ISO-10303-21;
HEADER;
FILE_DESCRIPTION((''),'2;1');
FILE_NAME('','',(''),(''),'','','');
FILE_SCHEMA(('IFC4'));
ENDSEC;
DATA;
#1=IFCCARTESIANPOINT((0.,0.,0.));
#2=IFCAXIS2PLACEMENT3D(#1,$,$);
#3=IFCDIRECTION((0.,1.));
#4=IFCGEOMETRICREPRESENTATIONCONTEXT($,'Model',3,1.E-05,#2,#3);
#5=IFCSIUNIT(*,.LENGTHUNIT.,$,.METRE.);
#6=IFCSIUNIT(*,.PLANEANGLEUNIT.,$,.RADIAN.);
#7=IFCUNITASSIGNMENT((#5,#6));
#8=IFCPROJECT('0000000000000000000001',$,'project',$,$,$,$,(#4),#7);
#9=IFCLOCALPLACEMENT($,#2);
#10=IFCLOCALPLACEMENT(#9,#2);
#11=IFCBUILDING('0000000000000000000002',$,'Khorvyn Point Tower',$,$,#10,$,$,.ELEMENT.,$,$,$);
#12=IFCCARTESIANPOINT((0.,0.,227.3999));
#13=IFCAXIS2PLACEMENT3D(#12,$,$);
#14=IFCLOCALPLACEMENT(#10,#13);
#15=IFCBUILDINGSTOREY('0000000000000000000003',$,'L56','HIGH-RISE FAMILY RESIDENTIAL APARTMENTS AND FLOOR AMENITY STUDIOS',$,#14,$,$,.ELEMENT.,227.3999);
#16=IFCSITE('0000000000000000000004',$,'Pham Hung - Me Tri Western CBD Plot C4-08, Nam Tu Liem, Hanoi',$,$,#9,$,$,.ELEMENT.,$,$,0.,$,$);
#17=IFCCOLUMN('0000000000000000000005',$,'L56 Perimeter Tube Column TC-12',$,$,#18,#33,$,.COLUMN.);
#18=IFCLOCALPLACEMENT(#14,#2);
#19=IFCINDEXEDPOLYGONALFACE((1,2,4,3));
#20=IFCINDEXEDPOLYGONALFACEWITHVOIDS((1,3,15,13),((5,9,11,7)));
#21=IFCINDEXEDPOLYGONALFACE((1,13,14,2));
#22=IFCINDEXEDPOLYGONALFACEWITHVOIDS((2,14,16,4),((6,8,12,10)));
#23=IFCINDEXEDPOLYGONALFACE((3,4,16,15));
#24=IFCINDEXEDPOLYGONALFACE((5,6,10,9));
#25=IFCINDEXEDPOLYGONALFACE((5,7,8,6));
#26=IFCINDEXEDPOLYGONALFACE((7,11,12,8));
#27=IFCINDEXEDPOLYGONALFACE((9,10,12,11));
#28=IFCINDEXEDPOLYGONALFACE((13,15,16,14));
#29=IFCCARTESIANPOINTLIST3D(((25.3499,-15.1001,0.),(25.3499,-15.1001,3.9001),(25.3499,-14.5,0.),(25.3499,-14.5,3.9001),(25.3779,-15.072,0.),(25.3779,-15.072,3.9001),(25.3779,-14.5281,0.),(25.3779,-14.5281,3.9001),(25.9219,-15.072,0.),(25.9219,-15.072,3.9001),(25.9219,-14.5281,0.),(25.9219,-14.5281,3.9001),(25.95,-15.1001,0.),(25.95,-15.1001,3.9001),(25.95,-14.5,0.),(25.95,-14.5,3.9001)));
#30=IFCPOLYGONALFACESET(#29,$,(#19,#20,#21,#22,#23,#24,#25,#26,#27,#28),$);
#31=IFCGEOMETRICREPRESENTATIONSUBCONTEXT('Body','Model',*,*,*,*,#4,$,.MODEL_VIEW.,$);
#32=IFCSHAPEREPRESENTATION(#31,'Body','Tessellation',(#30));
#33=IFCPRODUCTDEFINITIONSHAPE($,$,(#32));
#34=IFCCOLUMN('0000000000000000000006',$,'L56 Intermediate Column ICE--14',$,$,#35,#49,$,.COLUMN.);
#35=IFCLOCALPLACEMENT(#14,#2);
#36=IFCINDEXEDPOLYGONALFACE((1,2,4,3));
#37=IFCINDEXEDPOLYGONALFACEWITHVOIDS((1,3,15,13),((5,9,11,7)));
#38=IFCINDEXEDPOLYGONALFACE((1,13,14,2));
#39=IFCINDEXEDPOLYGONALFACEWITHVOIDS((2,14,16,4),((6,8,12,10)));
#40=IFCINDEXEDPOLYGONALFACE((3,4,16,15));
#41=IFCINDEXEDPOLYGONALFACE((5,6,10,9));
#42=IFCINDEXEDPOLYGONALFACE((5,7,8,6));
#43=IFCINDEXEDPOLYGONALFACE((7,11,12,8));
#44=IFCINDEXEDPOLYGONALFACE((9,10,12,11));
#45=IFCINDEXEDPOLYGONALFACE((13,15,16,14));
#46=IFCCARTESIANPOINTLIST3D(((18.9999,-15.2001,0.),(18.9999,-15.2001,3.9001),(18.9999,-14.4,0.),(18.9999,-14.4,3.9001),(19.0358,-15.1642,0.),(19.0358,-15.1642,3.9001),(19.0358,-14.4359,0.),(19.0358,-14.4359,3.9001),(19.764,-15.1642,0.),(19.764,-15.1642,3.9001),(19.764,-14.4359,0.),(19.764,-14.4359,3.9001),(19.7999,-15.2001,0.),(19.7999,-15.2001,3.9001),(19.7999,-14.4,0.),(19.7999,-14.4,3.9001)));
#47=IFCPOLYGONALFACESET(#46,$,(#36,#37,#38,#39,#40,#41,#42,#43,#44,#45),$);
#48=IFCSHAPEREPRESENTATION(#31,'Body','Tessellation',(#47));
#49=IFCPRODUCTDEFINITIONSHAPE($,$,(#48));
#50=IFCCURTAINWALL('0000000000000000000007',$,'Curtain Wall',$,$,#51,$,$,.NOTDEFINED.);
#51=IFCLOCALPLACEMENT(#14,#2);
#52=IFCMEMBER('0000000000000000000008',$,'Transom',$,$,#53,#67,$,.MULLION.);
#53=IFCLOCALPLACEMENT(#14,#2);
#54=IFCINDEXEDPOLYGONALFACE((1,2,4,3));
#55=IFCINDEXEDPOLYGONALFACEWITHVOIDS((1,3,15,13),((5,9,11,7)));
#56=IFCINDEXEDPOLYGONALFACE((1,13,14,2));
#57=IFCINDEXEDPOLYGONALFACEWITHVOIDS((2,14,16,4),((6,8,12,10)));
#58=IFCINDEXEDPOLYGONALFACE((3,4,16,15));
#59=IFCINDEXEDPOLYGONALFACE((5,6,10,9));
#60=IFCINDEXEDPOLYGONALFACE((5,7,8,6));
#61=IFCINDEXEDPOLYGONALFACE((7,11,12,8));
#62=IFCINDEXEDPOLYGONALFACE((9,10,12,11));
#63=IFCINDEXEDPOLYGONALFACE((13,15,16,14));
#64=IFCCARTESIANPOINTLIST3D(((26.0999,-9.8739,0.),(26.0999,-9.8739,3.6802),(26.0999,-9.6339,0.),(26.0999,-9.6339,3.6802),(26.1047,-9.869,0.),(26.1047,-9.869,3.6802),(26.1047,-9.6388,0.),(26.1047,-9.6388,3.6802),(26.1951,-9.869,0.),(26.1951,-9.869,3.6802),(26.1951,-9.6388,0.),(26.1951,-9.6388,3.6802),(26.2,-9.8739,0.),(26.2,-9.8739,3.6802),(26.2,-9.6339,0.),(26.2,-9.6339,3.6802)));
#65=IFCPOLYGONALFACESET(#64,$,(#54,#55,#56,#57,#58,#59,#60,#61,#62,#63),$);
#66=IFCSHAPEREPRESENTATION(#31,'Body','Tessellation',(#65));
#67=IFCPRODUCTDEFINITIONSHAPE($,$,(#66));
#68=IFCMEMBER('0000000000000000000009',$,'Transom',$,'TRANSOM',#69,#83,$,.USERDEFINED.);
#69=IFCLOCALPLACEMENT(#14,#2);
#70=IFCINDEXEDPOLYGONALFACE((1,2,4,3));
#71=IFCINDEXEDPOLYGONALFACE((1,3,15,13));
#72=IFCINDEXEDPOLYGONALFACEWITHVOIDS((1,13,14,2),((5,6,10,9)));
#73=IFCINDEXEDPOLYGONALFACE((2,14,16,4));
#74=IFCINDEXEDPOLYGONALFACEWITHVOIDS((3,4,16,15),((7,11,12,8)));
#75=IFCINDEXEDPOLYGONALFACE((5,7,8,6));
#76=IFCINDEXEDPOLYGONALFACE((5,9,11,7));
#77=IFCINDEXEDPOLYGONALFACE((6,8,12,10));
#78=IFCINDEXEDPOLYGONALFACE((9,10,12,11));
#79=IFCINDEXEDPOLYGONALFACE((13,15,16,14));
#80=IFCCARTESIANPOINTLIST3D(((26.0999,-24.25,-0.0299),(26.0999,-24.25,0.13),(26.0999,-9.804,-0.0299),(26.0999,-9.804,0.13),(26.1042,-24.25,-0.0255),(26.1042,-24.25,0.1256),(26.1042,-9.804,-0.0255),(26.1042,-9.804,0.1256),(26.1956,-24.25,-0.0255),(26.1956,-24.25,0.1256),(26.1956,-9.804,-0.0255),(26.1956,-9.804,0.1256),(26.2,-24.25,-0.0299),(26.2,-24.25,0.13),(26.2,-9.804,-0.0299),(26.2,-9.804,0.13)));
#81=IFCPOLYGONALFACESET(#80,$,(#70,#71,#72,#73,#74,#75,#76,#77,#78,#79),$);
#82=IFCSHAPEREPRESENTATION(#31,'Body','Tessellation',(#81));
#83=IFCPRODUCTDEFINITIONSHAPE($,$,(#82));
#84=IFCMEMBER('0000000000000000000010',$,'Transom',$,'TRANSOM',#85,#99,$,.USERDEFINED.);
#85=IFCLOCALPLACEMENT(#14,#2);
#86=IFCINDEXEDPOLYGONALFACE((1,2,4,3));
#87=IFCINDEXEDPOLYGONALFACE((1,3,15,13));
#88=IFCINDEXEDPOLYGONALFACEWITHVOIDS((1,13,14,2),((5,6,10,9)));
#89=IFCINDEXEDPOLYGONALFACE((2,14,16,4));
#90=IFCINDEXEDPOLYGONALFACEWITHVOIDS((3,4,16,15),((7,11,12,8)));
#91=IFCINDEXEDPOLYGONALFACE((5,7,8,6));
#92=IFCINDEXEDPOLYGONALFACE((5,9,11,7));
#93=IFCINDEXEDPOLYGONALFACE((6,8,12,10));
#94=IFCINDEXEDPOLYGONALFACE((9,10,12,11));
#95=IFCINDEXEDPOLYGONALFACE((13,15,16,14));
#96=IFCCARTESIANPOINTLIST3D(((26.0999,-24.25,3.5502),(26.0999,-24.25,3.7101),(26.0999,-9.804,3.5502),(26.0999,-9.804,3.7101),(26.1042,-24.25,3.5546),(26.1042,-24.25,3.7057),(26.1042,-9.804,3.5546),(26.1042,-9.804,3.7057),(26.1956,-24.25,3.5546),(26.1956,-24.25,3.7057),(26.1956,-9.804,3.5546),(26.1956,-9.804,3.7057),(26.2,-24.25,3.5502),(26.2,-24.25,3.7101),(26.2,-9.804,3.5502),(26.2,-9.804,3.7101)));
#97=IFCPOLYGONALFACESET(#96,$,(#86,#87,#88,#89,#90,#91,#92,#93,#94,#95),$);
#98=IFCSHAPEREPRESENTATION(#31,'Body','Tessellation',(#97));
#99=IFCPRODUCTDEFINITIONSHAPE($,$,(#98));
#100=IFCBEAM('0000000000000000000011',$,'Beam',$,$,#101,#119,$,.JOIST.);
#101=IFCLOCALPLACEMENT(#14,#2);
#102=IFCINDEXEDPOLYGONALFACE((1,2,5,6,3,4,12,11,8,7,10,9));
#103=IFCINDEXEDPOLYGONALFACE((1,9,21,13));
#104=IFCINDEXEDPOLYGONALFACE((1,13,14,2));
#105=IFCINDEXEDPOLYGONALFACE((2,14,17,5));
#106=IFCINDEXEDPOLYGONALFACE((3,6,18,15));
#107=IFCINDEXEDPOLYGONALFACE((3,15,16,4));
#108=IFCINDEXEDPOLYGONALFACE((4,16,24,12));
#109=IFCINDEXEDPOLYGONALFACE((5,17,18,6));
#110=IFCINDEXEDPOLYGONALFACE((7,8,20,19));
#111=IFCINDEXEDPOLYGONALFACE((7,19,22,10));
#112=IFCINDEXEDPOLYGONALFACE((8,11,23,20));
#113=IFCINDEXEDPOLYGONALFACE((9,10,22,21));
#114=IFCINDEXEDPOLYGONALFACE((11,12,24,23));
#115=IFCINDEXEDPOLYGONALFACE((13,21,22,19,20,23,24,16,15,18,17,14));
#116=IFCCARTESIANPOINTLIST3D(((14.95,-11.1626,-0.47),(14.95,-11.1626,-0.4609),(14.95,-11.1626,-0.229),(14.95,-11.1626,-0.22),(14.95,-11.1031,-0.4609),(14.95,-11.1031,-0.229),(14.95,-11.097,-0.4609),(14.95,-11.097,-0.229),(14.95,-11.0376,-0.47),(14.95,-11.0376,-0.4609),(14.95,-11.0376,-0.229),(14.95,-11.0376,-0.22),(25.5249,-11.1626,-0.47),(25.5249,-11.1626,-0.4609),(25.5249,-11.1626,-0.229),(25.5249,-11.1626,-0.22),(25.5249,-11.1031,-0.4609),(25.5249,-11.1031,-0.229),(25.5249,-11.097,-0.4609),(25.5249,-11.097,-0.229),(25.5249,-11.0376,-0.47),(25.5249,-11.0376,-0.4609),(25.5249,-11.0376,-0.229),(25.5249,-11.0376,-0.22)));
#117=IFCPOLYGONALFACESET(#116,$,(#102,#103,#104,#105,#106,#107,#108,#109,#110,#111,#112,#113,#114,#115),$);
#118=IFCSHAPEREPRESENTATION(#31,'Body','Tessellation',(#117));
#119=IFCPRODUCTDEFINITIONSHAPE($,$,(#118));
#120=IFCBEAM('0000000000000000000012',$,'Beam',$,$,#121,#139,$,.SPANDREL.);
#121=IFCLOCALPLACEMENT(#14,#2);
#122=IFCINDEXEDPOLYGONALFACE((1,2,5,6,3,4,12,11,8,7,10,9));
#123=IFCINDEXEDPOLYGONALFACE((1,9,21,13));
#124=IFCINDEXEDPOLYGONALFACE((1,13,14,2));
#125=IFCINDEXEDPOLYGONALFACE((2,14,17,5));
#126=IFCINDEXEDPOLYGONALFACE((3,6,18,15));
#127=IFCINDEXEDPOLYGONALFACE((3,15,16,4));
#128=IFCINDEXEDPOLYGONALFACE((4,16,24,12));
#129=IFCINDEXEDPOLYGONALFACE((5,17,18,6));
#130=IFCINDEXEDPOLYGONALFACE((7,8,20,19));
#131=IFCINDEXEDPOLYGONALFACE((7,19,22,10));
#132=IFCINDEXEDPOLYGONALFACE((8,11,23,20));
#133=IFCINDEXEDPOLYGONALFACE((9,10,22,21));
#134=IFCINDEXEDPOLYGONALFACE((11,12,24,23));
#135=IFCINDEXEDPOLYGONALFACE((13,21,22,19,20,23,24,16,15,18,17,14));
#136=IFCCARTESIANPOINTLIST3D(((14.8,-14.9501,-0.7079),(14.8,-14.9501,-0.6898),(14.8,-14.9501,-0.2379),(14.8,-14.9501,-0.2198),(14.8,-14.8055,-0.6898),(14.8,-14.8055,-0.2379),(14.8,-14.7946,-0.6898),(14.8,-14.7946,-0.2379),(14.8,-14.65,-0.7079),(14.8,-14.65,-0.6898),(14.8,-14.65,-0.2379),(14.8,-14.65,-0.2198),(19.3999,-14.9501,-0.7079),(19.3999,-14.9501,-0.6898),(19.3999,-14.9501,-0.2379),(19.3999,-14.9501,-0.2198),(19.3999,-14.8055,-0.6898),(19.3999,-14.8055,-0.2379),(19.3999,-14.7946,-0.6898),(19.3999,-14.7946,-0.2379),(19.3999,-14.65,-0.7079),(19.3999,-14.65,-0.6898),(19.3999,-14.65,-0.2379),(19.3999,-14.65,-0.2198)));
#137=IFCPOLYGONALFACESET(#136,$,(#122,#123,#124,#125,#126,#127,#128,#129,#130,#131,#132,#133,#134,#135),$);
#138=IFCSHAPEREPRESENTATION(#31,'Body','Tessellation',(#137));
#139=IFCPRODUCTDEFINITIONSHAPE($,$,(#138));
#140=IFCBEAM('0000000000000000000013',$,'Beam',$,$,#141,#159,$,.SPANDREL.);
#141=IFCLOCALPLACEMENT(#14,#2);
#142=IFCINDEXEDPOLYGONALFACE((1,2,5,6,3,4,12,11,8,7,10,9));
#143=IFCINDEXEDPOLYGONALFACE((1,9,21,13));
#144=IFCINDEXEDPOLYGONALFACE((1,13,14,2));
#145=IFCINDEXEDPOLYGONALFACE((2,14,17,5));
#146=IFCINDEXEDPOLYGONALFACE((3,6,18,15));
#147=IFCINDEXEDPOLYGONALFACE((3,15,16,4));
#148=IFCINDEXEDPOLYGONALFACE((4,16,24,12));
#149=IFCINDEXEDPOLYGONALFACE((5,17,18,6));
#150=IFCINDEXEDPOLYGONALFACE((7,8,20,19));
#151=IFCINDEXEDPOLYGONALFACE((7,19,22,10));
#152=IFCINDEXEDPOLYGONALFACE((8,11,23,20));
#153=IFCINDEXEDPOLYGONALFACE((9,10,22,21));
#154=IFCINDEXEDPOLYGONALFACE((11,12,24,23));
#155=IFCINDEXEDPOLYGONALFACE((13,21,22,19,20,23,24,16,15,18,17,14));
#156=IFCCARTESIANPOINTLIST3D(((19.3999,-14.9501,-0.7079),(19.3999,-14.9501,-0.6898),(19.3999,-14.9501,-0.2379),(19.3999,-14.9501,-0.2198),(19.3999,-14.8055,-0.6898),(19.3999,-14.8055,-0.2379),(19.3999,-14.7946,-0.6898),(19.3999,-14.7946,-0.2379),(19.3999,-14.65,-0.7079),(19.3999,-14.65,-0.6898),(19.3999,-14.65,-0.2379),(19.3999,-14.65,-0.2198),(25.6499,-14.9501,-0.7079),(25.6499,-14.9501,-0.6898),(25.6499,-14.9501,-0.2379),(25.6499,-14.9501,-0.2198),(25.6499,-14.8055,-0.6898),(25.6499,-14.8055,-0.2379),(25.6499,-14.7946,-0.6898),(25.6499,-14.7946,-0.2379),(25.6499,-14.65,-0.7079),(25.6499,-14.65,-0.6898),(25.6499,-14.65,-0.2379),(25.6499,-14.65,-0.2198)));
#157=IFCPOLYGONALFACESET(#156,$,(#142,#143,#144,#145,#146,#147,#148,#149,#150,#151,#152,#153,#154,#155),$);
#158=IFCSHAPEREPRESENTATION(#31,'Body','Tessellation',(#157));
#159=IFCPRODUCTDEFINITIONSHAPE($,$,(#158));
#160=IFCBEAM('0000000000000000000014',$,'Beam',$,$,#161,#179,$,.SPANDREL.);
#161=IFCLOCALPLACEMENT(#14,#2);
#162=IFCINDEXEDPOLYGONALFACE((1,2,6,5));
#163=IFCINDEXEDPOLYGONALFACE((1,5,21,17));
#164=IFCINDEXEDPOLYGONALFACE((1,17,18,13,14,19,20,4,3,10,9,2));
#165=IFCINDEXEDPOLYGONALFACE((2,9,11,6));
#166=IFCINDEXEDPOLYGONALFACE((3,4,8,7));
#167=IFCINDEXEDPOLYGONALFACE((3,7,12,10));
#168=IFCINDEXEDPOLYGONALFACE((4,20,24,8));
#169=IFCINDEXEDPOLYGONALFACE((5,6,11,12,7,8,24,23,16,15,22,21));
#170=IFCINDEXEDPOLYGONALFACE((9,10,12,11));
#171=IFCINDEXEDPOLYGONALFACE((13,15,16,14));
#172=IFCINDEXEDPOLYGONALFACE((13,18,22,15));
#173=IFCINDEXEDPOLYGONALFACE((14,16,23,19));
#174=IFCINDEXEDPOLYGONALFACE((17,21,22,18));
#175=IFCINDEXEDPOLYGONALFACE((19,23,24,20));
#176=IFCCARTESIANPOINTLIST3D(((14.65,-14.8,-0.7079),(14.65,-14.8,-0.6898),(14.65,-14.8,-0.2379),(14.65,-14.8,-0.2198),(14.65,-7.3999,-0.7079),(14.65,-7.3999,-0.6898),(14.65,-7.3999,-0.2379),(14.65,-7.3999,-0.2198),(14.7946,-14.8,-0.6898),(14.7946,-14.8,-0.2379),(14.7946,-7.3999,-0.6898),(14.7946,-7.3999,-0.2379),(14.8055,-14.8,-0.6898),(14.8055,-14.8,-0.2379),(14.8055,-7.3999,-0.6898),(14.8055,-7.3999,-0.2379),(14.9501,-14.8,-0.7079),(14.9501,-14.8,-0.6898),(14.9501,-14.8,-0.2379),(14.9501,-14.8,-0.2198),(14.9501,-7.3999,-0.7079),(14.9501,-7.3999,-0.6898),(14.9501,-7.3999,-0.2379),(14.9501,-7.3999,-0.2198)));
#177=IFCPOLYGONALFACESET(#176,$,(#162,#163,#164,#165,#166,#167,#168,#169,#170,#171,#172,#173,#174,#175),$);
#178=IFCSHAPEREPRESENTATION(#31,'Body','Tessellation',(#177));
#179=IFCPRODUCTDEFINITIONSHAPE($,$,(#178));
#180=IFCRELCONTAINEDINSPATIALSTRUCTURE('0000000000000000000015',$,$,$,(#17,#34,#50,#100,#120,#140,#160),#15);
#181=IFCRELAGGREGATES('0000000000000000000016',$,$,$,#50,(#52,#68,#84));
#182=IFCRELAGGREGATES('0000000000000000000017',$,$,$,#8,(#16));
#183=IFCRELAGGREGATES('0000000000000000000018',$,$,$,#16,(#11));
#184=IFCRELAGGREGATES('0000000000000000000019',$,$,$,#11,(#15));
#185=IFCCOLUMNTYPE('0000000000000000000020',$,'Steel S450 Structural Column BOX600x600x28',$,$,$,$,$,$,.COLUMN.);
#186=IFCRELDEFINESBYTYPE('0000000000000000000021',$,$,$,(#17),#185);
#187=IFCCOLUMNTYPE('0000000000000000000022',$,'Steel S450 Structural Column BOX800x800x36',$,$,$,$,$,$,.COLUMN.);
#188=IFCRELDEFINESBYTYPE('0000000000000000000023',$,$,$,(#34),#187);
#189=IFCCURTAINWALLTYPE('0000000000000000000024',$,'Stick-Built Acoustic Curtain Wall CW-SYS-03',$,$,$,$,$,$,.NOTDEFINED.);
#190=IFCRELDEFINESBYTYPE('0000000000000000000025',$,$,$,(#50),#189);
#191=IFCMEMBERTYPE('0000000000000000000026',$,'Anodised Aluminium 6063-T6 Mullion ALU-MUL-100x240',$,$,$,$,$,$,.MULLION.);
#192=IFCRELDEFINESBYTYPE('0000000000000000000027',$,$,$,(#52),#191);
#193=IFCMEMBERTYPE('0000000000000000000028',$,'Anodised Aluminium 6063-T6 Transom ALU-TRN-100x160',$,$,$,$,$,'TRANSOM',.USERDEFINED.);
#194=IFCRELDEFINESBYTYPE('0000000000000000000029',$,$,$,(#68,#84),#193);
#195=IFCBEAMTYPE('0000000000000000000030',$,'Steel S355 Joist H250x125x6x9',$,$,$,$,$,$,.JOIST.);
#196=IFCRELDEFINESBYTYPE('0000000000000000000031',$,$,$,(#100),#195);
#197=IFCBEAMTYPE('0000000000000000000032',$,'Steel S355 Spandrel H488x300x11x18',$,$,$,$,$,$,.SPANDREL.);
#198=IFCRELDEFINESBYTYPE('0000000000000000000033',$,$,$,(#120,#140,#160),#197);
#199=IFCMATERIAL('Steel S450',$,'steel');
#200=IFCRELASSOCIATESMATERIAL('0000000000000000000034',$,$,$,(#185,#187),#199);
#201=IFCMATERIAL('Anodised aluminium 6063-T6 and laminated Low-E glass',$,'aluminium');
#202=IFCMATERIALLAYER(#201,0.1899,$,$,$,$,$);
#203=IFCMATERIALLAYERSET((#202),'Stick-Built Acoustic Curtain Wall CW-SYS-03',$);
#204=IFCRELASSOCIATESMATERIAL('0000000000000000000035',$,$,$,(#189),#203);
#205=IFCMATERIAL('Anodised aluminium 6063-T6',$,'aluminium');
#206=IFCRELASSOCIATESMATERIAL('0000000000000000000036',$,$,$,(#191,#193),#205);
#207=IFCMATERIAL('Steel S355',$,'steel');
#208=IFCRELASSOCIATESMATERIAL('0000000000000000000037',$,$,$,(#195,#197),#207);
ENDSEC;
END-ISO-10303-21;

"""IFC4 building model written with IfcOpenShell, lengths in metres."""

from ifc_helpers import new_model, si_unit, direction, frame, origin, origin_2d, place, context, subcontext, project, spatial, hollow_rectangle, i_section, extrude, material, layer, layer_set, material_profile, profile_set, type_object, element, aggregate, save


model = new_model("IFC4")

# Units and contexts
model_context = context("Model", 3, precision=1e-05, world=origin(), true_north=direction((0.0, 1.0)))
body_context = subcontext(model_context, "Body", "Model", "MODEL_VIEW")
ifc_project = project(units=[si_unit("LENGTHUNIT", "METRE"), si_unit("PLANEANGLEUNIT", "RADIAN")], contexts=[model_context])

# Site, building, storey
site_placement = place(None, origin())
site = spatial("IfcSite", under=ifc_project, at=site_placement, Name="Pham Hung - Me Tri Western CBD Plot C4-08, Nam Tu Liem, Hanoi", CompositionType="ELEMENT", RefElevation=0.0)
building_placement = place(site_placement, origin())
building = spatial("IfcBuilding", under=site, at=building_placement, Name="Khorvyn Point Tower", CompositionType="ELEMENT")
storey_placement = place(building_placement, frame((0.0, 0.0, 227.3999)))
storey = spatial("IfcBuildingStorey", under=building, at=storey_placement, Name="L56", Description="HIGH-RISE FAMILY RESIDENTIAL APARTMENTS AND FLOOR AMENITY STUDIOS", CompositionType="ELEMENT", Elevation=227.3999)

# Columns
ifc_material_1 = material(Name="Steel S450", Category="steel")
ifc_material_profile_1 = material_profile(ifc_material_1, hollow_rectangle(XDim=0.6001, YDim=0.6001, WallThickness=0.0281, at=origin_2d()))
ifc_profile_set_1 = profile_set([ifc_material_profile_1], Name="Steel S450 BOX600x600x28")
column_type_1 = type_object("IfcColumnType", Name="Steel S450 Structural Column BOX600x600x28", PredefinedType="COLUMN", material=ifc_profile_set_1)
column_1_placement = place(storey_placement, frame((25.6499, -14.8, 0.0), z_axis=(0.0, 0.0, 1.0), x_axis=(1.0, 0.0, 0.0)))
element("IfcColumn", 1, at=column_1_placement, inside=storey, type_object=column_type_1, Name="L56 Perimeter Tube Column TC-12", PredefinedType="COLUMN", context=body_context, shape_type="SweptSolid", body=[
    extrude(hollow_rectangle(XDim=0.6001, YDim=0.6001, WallThickness=0.0281, at=origin_2d()), origin(), (0.0, 0.0, 1.0), 3.9001),
])
ifc_material_profile_2 = material_profile(ifc_material_1, hollow_rectangle(XDim=0.8, YDim=0.8, WallThickness=0.0359, at=origin_2d()))
ifc_profile_set_2 = profile_set([ifc_material_profile_2], Name="Steel S450 BOX800x800x36")
column_type_2 = type_object("IfcColumnType", Name="Steel S450 Structural Column BOX800x800x36", PredefinedType="COLUMN", material=ifc_profile_set_2)
column_2_placement = place(storey_placement, frame((19.3999, -14.8, 0.0), z_axis=(0.0, 0.0, 1.0), x_axis=(1.0, 0.0, 0.0)))
element("IfcColumn", 2, at=column_2_placement, inside=storey, type_object=column_type_2, Name="L56 Intermediate Column ICE--14", PredefinedType="COLUMN", context=body_context, shape_type="SweptSolid", body=[
    extrude(hollow_rectangle(XDim=0.8, YDim=0.8, WallThickness=0.0359, at=origin_2d()), origin(), (0.0, 0.0, 1.0), 3.9001),
])

# Curtain wall, members
ifc_material_2 = material(Name="Anodised aluminium 6063-T6 and laminated Low-E glass", Category="aluminium")
ifc_layer_1 = layer(ifc_material_2, 0.1899)
ifc_layer_set_1 = layer_set([ifc_layer_1], Name="Stick-Built Acoustic Curtain Wall CW-SYS-03")
curtain_wall_type = type_object("IfcCurtainWallType", Name="Stick-Built Acoustic Curtain Wall CW-SYS-03", PredefinedType="NOTDEFINED", material=ifc_layer_set_1)
curtain_wall_placement = place(storey_placement, origin())
curtain_wall = element("IfcCurtainWall", 3, at=curtain_wall_placement, inside=storey, type_object=curtain_wall_type, Name="Curtain Wall", PredefinedType="NOTDEFINED")
ifc_material_3 = material(Name="Anodised aluminium 6063-T6", Category="aluminium")
ifc_material_profile_3 = material_profile(ifc_material_3, hollow_rectangle(XDim=0.1001, YDim=0.24, WallThickness=0.0049, at=origin_2d()))
ifc_profile_set_3 = profile_set([ifc_material_profile_3], Name="Anodised aluminium 6063-T6 ALU-MUL-100x240")
member_type_1 = type_object("IfcMemberType", Name="Anodised Aluminium 6063-T6 Mullion ALU-MUL-100x240", PredefinedType="MULLION", material=ifc_profile_set_3)
member_1_placement = place(storey_placement, frame((26.1499, -9.7539, 0.0), z_axis=(0.0, 0.0, 1.0), x_axis=(1.0, 0.0, 0.0)))
member_1 = element("IfcMember", 4, at=member_1_placement, type_object=member_type_1, Name="Transom", PredefinedType="MULLION", context=body_context, shape_type="SweptSolid", body=[
    extrude(hollow_rectangle(XDim=0.1001, YDim=0.24, WallThickness=0.0049, at=origin_2d()), origin(), (0.0, 0.0, 1.0), 3.6802),
])
ifc_material_profile_4 = material_profile(ifc_material_3, hollow_rectangle(XDim=0.1001, YDim=0.1599, WallThickness=0.0044, at=origin_2d()))
ifc_profile_set_4 = profile_set([ifc_material_profile_4], Name="Anodised aluminium 6063-T6 ALU-TRN-100x160")
member_type_2 = type_object("IfcMemberType", Name="Anodised Aluminium 6063-T6 Transom ALU-TRN-100x160", ElementType="TRANSOM", PredefinedType="USERDEFINED", material=ifc_profile_set_4)
member_2_placement = place(storey_placement, frame((26.1499, -9.804, 0.05), z_axis=(0.0, -1.0, 0.0), x_axis=(1.0, 0.0, 0.0)))
member_2 = element("IfcMember", 5, at=member_2_placement, type_object=member_type_2, Name="Transom", ObjectType="TRANSOM", PredefinedType="USERDEFINED", context=body_context, shape_type="SweptSolid", body=[
    extrude(hollow_rectangle(XDim=0.1001, YDim=0.1599, WallThickness=0.0044, at=origin_2d()), origin(), (0.0, 0.0, 1.0), 14.446),
])
member_3_placement = place(storey_placement, frame((26.1499, -9.804, 3.6301), z_axis=(0.0, -1.0, 0.0), x_axis=(1.0, 0.0, 0.0)))
member_3 = element("IfcMember", 6, at=member_3_placement, type_object=member_type_2, Name="Transom", ObjectType="TRANSOM", PredefinedType="USERDEFINED", context=body_context, shape_type="SweptSolid", body=[
    extrude(hollow_rectangle(XDim=0.1001, YDim=0.1599, WallThickness=0.0044, at=origin_2d()), origin(), (0.0, 0.0, 1.0), 14.446),
])

# Beams
ifc_material_4 = material(Name="Steel S355", Category="steel")
ifc_material_profile_5 = material_profile(ifc_material_4, i_section(OverallWidth=0.125, OverallDepth=0.25, WebThickness=0.0061, FlangeThickness=0.009, at=origin_2d()))
ifc_profile_set_5 = profile_set([ifc_material_profile_5], Name="Steel S355 H250x125x6x9")
beam_type_1 = type_object("IfcBeamType", Name="Steel S355 Joist H250x125x6x9", PredefinedType="JOIST", material=ifc_profile_set_5)
beam_1_placement = place(storey_placement, frame((14.95, -11.1001, -0.345), z_axis=(1.0, 0.0, 0.0), x_axis=(0.0, 1.0, 0.0)))
element("IfcBeam", 7, at=beam_1_placement, inside=storey, type_object=beam_type_1, Name="Beam", PredefinedType="JOIST", context=body_context, shape_type="SweptSolid", body=[
    extrude(i_section(OverallWidth=0.125, OverallDepth=0.25, WebThickness=0.0061, FlangeThickness=0.009, at=origin_2d()), origin(), (0.0, 0.0, 1.0), 10.575),
])
ifc_material_profile_6 = material_profile(ifc_material_4, i_section(OverallWidth=0.3, OverallDepth=0.488, WebThickness=0.011, FlangeThickness=0.0181, at=origin_2d()))
ifc_profile_set_6 = profile_set([ifc_material_profile_6], Name="Steel S355 H488x300x11x18")
beam_type_2 = type_object("IfcBeamType", Name="Steel S355 Spandrel H488x300x11x18", PredefinedType="SPANDREL", material=ifc_profile_set_6)
beam_2_placement = place(storey_placement, frame((14.8, -14.8, -0.4639), z_axis=(1.0, 0.0, 0.0), x_axis=(0.0, 1.0, 0.0)))
element("IfcBeam", 8, at=beam_2_placement, inside=storey, type_object=beam_type_2, Name="Beam", PredefinedType="SPANDREL", context=body_context, shape_type="SweptSolid", body=[
    extrude(i_section(OverallWidth=0.3, OverallDepth=0.488, WebThickness=0.011, FlangeThickness=0.0181, at=origin_2d()), origin(), (0.0, 0.0, 1.0), 4.5999),
])
beam_3_placement = place(storey_placement, frame((19.3999, -14.8, -0.4639), z_axis=(1.0, 0.0, 0.0), x_axis=(0.0, 1.0, 0.0)))
element("IfcBeam", 9, at=beam_3_placement, inside=storey, type_object=beam_type_2, Name="Beam", PredefinedType="SPANDREL", context=body_context, shape_type="SweptSolid", body=[
    extrude(i_section(OverallWidth=0.3, OverallDepth=0.488, WebThickness=0.011, FlangeThickness=0.0181, at=origin_2d()), origin(), (0.0, 0.0, 1.0), 6.25),
])
for number, where, z_axis, x_axis, name in (
    (10, (14.8, -14.8, -0.4639), (0.0, 1.0, 0.0), (-1.0, 0.0, 0.0), "Beam"),
):
    element("IfcBeam", number, at=place(storey_placement, frame(where, z_axis=z_axis, x_axis=x_axis)), inside=storey, type_object=beam_type_2, Name=name, PredefinedType="SPANDREL", context=body_context, shape_type="SweptSolid", body=[
        extrude(i_section(OverallWidth=0.3, OverallDepth=0.488, WebThickness=0.011, FlangeThickness=0.0181, at=origin_2d()), origin(), (0.0, 0.0, 1.0), 7.4001),
    ])

aggregate(curtain_wall, [member_1, member_2, member_3])

save(model, "model.ifc")
